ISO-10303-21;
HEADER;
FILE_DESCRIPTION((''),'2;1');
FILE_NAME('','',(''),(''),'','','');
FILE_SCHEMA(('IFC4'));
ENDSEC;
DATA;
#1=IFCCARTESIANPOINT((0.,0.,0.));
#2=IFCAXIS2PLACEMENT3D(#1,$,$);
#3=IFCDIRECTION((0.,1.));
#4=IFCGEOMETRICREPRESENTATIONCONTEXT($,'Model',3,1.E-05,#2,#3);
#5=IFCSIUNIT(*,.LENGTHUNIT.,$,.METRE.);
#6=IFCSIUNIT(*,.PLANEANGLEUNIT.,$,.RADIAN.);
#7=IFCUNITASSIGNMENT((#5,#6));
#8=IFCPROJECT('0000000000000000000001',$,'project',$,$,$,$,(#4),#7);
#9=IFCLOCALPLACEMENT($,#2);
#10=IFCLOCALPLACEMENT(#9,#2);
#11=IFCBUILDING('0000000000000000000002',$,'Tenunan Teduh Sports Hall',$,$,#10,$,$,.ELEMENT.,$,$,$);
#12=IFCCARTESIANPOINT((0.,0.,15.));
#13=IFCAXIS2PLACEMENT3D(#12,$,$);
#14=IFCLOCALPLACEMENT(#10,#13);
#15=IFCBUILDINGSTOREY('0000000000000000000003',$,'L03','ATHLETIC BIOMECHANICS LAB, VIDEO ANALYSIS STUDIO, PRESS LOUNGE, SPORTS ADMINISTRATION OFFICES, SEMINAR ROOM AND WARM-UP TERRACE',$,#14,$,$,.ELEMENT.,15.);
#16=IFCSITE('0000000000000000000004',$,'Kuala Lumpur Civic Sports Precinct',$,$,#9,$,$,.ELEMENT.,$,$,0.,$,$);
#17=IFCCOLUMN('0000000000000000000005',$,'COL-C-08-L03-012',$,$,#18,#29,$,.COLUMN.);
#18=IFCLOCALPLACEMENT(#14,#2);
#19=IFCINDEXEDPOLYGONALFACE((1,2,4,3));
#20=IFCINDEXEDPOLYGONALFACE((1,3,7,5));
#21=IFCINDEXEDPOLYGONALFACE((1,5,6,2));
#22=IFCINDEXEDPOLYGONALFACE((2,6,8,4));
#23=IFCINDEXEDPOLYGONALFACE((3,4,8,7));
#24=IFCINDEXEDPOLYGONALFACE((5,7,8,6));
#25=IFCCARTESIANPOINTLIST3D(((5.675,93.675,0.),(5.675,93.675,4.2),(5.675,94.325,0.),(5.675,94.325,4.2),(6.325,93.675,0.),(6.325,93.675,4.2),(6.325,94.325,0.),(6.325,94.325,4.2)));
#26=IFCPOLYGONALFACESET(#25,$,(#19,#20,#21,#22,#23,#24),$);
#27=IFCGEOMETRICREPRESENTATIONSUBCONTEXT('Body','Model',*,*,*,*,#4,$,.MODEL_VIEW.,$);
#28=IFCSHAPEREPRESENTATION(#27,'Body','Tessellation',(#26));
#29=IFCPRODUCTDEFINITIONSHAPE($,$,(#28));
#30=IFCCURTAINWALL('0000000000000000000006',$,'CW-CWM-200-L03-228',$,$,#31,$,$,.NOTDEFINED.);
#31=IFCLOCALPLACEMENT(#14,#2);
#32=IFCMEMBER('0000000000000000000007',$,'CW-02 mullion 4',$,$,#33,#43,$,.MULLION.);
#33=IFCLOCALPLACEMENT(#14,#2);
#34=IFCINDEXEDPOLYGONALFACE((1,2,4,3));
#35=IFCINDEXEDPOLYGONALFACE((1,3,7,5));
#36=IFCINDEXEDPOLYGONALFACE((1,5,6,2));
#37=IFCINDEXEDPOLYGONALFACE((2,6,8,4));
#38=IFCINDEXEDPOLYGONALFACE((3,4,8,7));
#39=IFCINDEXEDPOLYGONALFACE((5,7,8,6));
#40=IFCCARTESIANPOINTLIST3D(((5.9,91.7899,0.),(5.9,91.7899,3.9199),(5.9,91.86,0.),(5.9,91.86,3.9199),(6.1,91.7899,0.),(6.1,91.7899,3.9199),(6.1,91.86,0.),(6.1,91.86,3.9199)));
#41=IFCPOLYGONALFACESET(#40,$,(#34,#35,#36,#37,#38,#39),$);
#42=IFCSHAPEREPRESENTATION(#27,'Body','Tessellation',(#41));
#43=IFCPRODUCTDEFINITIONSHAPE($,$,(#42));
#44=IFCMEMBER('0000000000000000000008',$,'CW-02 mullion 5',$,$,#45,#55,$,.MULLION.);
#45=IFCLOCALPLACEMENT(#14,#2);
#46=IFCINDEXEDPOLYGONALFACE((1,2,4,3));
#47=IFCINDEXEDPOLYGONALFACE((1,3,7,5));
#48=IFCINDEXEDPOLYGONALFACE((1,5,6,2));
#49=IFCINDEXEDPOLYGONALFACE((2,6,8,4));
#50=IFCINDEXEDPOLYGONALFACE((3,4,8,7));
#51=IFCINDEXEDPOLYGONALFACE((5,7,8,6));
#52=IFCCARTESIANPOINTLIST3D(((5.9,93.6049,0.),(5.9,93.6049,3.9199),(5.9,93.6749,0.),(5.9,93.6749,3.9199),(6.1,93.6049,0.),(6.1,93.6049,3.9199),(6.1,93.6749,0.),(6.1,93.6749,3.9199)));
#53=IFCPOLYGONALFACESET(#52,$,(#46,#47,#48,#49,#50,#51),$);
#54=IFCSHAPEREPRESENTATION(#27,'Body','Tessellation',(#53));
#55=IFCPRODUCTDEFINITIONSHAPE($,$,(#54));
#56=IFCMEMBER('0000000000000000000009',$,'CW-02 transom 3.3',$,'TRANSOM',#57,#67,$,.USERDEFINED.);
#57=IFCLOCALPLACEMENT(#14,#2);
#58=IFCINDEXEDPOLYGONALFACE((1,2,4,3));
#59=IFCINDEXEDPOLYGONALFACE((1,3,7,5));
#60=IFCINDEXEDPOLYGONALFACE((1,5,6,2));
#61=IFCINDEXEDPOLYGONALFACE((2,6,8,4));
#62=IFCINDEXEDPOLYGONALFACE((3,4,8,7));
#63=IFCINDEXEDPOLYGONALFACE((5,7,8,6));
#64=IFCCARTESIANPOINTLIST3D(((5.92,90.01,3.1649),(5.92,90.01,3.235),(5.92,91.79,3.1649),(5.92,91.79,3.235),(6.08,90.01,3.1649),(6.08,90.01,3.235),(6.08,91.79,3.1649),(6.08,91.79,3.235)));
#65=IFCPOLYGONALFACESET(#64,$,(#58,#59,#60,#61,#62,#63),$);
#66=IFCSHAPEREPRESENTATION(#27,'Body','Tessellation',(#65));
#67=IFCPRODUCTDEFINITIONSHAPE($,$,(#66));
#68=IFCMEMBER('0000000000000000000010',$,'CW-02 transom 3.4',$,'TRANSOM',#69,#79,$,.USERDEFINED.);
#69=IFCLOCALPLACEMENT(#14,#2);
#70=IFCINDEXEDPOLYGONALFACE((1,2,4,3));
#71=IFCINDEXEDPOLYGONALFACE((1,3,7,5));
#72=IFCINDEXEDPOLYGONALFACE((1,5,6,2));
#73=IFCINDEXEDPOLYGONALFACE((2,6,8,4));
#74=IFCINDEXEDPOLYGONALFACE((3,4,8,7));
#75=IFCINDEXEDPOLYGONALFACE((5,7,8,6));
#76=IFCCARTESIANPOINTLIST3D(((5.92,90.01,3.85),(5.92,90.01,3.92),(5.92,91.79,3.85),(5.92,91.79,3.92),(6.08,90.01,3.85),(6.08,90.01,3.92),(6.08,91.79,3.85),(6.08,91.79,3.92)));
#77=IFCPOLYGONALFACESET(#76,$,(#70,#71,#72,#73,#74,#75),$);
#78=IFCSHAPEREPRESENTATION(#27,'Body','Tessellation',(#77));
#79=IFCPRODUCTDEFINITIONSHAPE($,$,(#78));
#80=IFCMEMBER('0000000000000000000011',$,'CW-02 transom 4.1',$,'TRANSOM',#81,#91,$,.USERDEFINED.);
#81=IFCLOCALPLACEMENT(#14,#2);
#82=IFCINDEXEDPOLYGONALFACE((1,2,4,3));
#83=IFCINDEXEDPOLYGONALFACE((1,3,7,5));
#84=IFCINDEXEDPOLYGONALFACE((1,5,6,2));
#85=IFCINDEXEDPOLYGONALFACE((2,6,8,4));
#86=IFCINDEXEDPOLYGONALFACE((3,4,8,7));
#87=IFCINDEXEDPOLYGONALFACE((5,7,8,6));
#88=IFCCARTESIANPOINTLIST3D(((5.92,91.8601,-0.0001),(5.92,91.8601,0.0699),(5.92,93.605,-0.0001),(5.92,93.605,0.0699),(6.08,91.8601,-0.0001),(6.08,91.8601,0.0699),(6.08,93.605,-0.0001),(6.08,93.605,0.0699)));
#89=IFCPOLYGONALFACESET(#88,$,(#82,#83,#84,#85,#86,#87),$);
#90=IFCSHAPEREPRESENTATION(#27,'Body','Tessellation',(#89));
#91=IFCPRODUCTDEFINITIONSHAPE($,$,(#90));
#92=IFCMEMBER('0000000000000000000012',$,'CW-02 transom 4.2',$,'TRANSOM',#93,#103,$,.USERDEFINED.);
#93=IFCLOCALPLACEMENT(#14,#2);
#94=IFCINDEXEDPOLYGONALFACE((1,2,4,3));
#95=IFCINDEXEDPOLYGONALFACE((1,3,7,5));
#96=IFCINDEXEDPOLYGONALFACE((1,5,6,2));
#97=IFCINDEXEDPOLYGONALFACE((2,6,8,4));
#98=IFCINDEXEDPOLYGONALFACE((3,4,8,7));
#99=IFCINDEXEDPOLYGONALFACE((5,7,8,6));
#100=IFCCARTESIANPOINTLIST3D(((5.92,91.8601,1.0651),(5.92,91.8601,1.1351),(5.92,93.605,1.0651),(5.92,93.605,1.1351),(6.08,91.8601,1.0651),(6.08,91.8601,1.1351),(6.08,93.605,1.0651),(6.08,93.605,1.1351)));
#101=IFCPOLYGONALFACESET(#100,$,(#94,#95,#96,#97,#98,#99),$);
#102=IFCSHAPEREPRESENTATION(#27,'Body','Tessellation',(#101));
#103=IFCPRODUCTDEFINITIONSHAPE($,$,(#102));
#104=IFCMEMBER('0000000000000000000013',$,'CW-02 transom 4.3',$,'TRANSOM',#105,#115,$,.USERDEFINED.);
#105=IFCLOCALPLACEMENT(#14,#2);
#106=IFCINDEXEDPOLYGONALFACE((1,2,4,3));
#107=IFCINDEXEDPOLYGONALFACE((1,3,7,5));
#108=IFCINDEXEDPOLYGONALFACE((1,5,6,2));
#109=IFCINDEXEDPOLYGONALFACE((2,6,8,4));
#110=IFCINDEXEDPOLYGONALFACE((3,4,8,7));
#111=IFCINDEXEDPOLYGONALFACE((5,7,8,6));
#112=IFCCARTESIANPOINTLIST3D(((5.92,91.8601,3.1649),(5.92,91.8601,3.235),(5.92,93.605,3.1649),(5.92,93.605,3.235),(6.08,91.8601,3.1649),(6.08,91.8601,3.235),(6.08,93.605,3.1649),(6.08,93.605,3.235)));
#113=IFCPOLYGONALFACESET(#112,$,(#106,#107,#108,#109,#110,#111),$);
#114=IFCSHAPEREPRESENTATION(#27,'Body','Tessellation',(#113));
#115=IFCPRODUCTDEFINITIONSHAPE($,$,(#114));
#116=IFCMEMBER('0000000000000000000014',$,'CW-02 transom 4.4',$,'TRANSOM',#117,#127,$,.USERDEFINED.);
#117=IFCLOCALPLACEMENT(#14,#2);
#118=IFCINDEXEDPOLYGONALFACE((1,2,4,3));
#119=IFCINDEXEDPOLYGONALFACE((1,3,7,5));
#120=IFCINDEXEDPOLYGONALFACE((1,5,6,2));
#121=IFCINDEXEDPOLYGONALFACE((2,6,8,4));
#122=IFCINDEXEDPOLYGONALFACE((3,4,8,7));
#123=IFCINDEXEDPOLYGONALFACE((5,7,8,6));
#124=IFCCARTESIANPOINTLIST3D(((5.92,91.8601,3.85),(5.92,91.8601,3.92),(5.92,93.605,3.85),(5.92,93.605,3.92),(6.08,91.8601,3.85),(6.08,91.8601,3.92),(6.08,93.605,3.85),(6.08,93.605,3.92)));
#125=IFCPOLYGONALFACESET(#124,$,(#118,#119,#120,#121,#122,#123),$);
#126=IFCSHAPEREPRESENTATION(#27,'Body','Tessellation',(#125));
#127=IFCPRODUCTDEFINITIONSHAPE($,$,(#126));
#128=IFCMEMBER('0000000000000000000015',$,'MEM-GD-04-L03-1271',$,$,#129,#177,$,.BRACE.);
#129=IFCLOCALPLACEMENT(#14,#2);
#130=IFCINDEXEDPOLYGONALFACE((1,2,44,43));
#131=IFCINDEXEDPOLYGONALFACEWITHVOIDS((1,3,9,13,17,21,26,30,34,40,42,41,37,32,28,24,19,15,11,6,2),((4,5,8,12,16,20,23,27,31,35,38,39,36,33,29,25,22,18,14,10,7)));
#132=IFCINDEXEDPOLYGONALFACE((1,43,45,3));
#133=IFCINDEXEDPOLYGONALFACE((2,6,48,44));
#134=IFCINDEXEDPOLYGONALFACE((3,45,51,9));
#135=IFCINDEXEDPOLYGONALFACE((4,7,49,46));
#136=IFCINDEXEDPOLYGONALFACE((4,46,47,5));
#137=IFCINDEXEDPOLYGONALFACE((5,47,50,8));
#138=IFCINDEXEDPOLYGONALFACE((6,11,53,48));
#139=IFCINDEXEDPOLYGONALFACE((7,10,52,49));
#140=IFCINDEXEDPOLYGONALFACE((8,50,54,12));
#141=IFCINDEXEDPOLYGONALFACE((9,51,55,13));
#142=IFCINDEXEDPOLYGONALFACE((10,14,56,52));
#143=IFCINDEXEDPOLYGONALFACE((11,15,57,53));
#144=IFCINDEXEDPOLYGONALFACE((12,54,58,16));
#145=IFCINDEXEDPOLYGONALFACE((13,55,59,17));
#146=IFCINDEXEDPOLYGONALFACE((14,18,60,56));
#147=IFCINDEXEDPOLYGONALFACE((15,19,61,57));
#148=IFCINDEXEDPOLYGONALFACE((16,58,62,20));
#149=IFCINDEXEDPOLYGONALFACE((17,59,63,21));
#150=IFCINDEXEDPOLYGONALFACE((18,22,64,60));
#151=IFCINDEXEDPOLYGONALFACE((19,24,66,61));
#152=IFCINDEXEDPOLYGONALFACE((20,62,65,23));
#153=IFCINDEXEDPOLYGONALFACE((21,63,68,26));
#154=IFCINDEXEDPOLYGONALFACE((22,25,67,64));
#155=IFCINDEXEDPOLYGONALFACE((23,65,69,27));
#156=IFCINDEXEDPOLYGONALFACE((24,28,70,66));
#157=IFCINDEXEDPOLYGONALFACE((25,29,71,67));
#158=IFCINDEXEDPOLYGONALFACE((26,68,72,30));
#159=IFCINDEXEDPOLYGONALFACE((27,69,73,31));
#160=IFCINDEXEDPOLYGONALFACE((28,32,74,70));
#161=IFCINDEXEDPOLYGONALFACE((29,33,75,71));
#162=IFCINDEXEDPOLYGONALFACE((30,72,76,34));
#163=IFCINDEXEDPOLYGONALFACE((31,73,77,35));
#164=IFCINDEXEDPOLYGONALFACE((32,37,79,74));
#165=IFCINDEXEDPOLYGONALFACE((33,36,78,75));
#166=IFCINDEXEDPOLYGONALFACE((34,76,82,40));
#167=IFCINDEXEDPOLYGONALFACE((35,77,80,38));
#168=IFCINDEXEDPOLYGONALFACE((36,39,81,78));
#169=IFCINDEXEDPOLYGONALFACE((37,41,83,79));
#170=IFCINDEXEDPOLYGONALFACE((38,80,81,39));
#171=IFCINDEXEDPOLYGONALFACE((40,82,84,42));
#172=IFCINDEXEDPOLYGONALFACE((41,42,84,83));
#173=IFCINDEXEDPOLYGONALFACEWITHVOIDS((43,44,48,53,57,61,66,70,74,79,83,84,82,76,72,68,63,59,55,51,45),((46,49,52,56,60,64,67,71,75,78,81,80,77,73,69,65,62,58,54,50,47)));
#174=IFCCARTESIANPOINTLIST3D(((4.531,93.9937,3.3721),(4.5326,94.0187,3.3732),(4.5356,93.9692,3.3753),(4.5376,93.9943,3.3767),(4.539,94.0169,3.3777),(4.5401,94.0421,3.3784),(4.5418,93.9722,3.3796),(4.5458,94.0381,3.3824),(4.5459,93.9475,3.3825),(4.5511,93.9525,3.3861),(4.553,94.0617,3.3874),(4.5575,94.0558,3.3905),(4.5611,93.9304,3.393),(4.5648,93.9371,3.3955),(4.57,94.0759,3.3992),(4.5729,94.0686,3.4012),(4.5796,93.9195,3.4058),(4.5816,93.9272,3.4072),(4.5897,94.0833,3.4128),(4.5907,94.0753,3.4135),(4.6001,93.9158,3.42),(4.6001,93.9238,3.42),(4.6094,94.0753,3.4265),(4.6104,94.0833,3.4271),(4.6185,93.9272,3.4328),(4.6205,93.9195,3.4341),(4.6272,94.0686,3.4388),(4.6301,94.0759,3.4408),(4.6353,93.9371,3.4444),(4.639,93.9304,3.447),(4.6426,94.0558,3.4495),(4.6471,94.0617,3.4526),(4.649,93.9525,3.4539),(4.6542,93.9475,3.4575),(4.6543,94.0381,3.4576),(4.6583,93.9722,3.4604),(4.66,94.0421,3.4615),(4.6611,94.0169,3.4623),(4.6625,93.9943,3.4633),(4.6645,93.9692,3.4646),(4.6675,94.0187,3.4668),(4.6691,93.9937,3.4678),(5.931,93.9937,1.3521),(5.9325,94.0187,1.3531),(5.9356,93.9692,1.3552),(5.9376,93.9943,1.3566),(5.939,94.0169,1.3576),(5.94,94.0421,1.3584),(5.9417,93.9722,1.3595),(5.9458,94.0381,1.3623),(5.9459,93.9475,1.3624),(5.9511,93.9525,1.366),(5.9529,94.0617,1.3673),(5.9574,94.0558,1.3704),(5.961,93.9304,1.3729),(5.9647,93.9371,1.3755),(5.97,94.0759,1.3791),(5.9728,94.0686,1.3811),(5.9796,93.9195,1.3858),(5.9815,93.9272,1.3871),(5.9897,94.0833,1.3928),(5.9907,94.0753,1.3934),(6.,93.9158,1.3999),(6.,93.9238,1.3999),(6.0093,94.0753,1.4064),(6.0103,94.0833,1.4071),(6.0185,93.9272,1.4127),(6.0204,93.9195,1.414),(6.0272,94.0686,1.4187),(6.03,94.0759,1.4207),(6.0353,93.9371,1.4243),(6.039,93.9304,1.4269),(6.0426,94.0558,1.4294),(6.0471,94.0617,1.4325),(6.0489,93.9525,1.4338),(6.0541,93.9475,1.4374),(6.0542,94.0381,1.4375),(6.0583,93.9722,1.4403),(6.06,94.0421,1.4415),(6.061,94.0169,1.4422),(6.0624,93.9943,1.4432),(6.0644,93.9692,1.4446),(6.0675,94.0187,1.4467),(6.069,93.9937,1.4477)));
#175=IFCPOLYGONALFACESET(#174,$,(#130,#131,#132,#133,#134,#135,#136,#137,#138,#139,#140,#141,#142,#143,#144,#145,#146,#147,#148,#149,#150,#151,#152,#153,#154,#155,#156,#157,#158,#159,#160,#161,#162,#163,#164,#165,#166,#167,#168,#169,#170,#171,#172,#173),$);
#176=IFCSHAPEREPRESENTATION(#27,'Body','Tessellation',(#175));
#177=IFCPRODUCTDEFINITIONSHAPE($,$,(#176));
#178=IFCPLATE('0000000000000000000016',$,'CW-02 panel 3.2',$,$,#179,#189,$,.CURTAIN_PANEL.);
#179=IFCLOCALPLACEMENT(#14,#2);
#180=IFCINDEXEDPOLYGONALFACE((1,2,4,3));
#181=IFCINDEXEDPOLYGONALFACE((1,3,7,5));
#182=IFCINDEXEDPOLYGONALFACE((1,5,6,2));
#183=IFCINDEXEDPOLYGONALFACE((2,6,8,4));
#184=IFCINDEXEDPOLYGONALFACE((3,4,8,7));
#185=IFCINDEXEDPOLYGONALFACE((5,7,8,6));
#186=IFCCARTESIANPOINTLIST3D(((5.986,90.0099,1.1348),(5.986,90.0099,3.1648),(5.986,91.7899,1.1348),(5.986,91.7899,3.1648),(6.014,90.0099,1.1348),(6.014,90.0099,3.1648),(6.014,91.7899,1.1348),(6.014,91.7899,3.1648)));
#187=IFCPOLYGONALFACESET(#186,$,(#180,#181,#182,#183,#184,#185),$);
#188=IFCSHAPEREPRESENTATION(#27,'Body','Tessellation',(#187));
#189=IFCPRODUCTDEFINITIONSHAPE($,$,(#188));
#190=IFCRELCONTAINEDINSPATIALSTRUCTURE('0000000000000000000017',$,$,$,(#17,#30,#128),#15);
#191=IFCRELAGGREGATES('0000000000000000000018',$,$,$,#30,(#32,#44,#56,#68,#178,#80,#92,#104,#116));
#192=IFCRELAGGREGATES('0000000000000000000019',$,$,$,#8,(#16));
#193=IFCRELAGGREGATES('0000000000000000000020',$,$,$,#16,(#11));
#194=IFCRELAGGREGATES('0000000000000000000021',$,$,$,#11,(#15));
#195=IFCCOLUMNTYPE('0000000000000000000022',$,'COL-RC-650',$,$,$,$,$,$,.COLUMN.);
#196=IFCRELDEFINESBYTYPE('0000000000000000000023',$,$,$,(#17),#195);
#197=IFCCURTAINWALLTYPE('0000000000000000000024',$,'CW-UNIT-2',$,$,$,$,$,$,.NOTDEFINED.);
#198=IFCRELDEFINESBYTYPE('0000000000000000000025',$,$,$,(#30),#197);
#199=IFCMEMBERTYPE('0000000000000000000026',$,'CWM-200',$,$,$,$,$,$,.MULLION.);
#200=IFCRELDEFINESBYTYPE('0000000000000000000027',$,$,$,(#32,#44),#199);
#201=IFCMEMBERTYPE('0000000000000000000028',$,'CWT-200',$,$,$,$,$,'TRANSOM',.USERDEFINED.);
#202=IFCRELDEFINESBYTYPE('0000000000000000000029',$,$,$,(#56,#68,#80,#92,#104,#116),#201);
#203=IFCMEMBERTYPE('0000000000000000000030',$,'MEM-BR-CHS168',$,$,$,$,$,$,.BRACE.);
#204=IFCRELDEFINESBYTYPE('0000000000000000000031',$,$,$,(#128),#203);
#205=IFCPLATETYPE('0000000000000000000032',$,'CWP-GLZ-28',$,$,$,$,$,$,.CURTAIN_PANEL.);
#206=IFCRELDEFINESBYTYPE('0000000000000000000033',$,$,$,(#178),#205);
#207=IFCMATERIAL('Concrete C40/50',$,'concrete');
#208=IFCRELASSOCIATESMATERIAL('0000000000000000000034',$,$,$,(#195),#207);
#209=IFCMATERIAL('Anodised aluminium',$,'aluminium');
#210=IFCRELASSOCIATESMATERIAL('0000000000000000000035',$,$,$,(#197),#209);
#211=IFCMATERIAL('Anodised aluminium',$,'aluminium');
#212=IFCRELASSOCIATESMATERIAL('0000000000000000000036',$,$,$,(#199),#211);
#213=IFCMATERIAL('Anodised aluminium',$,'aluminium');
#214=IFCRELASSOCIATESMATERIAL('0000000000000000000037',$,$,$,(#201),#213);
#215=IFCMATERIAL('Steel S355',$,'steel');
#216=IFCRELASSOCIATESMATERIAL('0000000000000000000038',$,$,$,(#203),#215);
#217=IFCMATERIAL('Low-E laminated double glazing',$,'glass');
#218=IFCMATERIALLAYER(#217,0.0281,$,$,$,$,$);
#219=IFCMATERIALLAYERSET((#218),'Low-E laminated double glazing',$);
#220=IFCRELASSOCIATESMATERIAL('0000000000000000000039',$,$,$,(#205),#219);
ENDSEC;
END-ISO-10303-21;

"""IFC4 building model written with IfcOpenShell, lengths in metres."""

from ifc_helpers import new_model, si_unit, direction, frame, origin, origin_2d, place, context, subcontext, project, spatial, rectangle, hollow_circle, extrude, material, layer, layer_set, material_profile, profile_set, type_object, element, aggregate, save


model = new_model("IFC4")

# Units and contexts
model_context = context("Model", 3, precision=1e-05, world=origin(), true_north=direction((0.0, 1.0)))
body_context = subcontext(model_context, "Body", "Model", "MODEL_VIEW")
ifc_project = project(units=[si_unit("LENGTHUNIT", "METRE"), si_unit("PLANEANGLEUNIT", "RADIAN")], contexts=[model_context])

# Site, building, storey
site_placement = place(None, origin())
site = spatial("IfcSite", under=ifc_project, at=site_placement, Name="Kuala Lumpur Civic Sports Precinct", CompositionType="ELEMENT", RefElevation=0.0)
building_placement = place(site_placement, origin())
building = spatial("IfcBuilding", under=site, at=building_placement, Name="Tenunan Teduh Sports Hall", CompositionType="ELEMENT")
storey_placement = place(building_placement, frame((0.0, 0.0, 15.0)))
storey = spatial("IfcBuildingStorey", under=building, at=storey_placement, Name="L03", Description="ATHLETIC BIOMECHANICS LAB, VIDEO ANALYSIS STUDIO, PRESS LOUNGE, SPORTS ADMINISTRATION OFFICES, SEMINAR ROOM AND WARM-UP TERRACE", CompositionType="ELEMENT", Elevation=15.0)

# Column
ifc_material_1 = material(Name="Concrete C40/50", Category="concrete")
ifc_material_profile_1 = material_profile(ifc_material_1, rectangle(XDim=0.6499, YDim=0.6499, at=origin_2d()), Name="RC 650x650")
ifc_profile_set_1 = profile_set([ifc_material_profile_1], Name="Concrete C40/50")
column_type = type_object("IfcColumnType", Name="COL-RC-650", PredefinedType="COLUMN", material=ifc_profile_set_1)
column_placement = place(storey_placement, frame((6.0, 94.0, 0.0), z_axis=(0.0, 0.0, 1.0), x_axis=(1.0, 0.0, 0.0)))
element("IfcColumn", 1, at=column_placement, inside=storey, type_object=column_type, Name="COL-C-08-L03-012", PredefinedType="COLUMN", context=body_context, shape_type="SweptSolid", body=[
    extrude(rectangle(XDim=0.6499, YDim=0.6499, at=origin_2d()), origin(), (0.0, 0.0, 1.0), 4.2),
])

# Curtain wall, members
ifc_material_2 = material(Name="Anodised aluminium", Category="aluminium")
curtain_wall_type = type_object("IfcCurtainWallType", Name="CW-UNIT-2", PredefinedType="NOTDEFINED", material=ifc_material_2)
curtain_wall_placement = place(storey_placement, origin())
curtain_wall = element("IfcCurtainWall", 2, at=curtain_wall_placement, inside=storey, type_object=curtain_wall_type, Name="CW-CWM-200-L03-228", PredefinedType="NOTDEFINED")
ifc_material_3 = material(Name="Anodised aluminium", Category="aluminium")
ifc_material_profile_2 = material_profile(ifc_material_3, rectangle(XDim=0.0701, YDim=0.2, at=origin_2d()), Name="CWM 70x200")
ifc_profile_set_2 = profile_set([ifc_material_profile_2], Name="Anodised aluminium")
member_type_1 = type_object("IfcMemberType", Name="CWM-200", PredefinedType="MULLION", material=ifc_profile_set_2)
member_1_placement = place(storey_placement, frame((6.0, 91.825, 0.0), z_axis=(0.0, 0.0, 1.0), x_axis=(0.0, 1.0, 0.0)))
member_1 = element("IfcMember", 3, at=member_1_placement, type_object=member_type_1, Name="CW-02 mullion 4", PredefinedType="MULLION", context=body_context, shape_type="SweptSolid", body=[
    extrude(rectangle(XDim=0.0701, YDim=0.2, at=origin_2d()), origin(), (0.0, 0.0, 1.0), 3.9199),
])
member_2_placement = place(storey_placement, frame((6.0, 93.6399, 0.0), z_axis=(0.0, 0.0, 1.0), x_axis=(0.0, 1.0, 0.0)))
member_2 = element("IfcMember", 4, at=member_2_placement, type_object=member_type_1, Name="CW-02 mullion 5", PredefinedType="MULLION", context=body_context, shape_type="SweptSolid", body=[
    extrude(rectangle(XDim=0.0701, YDim=0.2, at=origin_2d()), origin(), (0.0, 0.0, 1.0), 3.9199),
])
ifc_material_4 = material(Name="Anodised aluminium", Category="aluminium")
ifc_material_profile_3 = material_profile(ifc_material_4, rectangle(XDim=0.0701, YDim=0.1599, at=origin_2d()), Name="CWT 70x160")
ifc_profile_set_3 = profile_set([ifc_material_profile_3], Name="Anodised aluminium")
member_type_2 = type_object("IfcMemberType", Name="CWT-200", ElementType="TRANSOM", PredefinedType="USERDEFINED", material=ifc_profile_set_3)
member_3_placement = place(storey_placement, frame((6.0, 90.01, 3.2), z_axis=(0.0, 1.0, 0.0), x_axis=(0.0, 0.0, 1.0)))
member_3 = element("IfcMember", 5, at=member_3_placement, type_object=member_type_2, Name="CW-02 transom 3.3", ObjectType="TRANSOM", PredefinedType="USERDEFINED", context=body_context, shape_type="SweptSolid", body=[
    extrude(rectangle(XDim=0.0701, YDim=0.1599, at=origin_2d()), origin(), (0.0, 0.0, 1.0), 1.78),
])
member_4_placement = place(storey_placement, frame((6.0, 90.01, 3.885), z_axis=(0.0, 1.0, 0.0), x_axis=(0.0, 0.0, 1.0)))
member_4 = element("IfcMember", 6, at=member_4_placement, type_object=member_type_2, Name="CW-02 transom 3.4", ObjectType="TRANSOM", PredefinedType="USERDEFINED", context=body_context, shape_type="SweptSolid", body=[
    extrude(rectangle(XDim=0.0701, YDim=0.1599, at=origin_2d()), origin(), (0.0, 0.0, 1.0), 1.78),
])
member_5_placement = place(storey_placement, frame((6.0, 91.8601, 0.0349), z_axis=(0.0, 1.0, 0.0), x_axis=(0.0, 0.0, 1.0)))
member_5 = element("IfcMember", 7, at=member_5_placement, type_object=member_type_2, Name="CW-02 transom 4.1", ObjectType="TRANSOM", PredefinedType="USERDEFINED", context=body_context, shape_type="SweptSolid", body=[
    extrude(rectangle(XDim=0.0701, YDim=0.1599, at=origin_2d()), origin(), (0.0, 0.0, 1.0), 1.7449),
])
member_6_placement = place(storey_placement, frame((6.0, 91.8601, 1.1001), z_axis=(0.0, 1.0, 0.0), x_axis=(0.0, 0.0, 1.0)))
member_6 = element("IfcMember", 8, at=member_6_placement, type_object=member_type_2, Name="CW-02 transom 4.2", ObjectType="TRANSOM", PredefinedType="USERDEFINED", context=body_context, shape_type="SweptSolid", body=[
    extrude(rectangle(XDim=0.0701, YDim=0.1599, at=origin_2d()), origin(), (0.0, 0.0, 1.0), 1.7449),
])
member_7_placement = place(storey_placement, frame((6.0, 91.8601, 3.2), z_axis=(0.0, 1.0, 0.0), x_axis=(0.0, 0.0, 1.0)))
member_7 = element("IfcMember", 9, at=member_7_placement, type_object=member_type_2, Name="CW-02 transom 4.3", ObjectType="TRANSOM", PredefinedType="USERDEFINED", context=body_context, shape_type="SweptSolid", body=[
    extrude(rectangle(XDim=0.0701, YDim=0.1599, at=origin_2d()), origin(), (0.0, 0.0, 1.0), 1.7449),
])
member_8_placement = place(storey_placement, frame((6.0, 91.8601, 3.885), z_axis=(0.0, 1.0, 0.0), x_axis=(0.0, 0.0, 1.0)))
member_8 = element("IfcMember", 10, at=member_8_placement, type_object=member_type_2, Name="CW-02 transom 4.4", ObjectType="TRANSOM", PredefinedType="USERDEFINED", context=body_context, shape_type="SweptSolid", body=[
    extrude(rectangle(XDim=0.0701, YDim=0.1599, at=origin_2d()), origin(), (0.0, 0.0, 1.0), 1.7449),
])

# Member
ifc_material_5 = material(Name="Steel S355", Category="steel")
ifc_material_profile_4 = material_profile(ifc_material_5, hollow_circle(Radius=0.0842, WallThickness=0.0081, at=origin_2d()), Name="CHS 168.3x8.0")
ifc_profile_set_4 = profile_set([ifc_material_profile_4], Name="Steel S355")
member_type_3 = type_object("IfcMemberType", Name="MEM-BR-CHS168", PredefinedType="BRACE", material=ifc_profile_set_4)
member_9_placement = place(storey_placement, frame((6.0, 94.0, 1.3999), z_axis=(-0.569602, 0.0, 0.82192), x_axis=(0.0, -1.0, 0.0)))
element("IfcMember", 11, at=member_9_placement, inside=storey, type_object=member_type_3, Name="MEM-GD-04-L03-1271", PredefinedType="BRACE", context=body_context, shape_type="SweptSolid", body=[
    extrude(hollow_circle(Radius=0.0842, WallThickness=0.0081, at=origin_2d()), origin(), (0.0, 0.0, 1.0), 2.4578),
])

# Plate
ifc_material_6 = material(Name="Low-E laminated double glazing", Category="glass")
ifc_layer_1 = layer(ifc_material_6, 0.0281)
ifc_layer_set_1 = layer_set([ifc_layer_1], Name="Low-E laminated double glazing")
plate_type_1 = type_object("IfcPlateType", Name="CWP-GLZ-28", PredefinedType="CURTAIN_PANEL", material=ifc_layer_set_1)
plate_1_placement = place(storey_placement, frame((6.0, 90.8999, 1.1348), z_axis=(0.0, 0.0, 1.0), x_axis=(0.0, 1.0, 0.0)))
plate_1 = element("IfcPlate", 12, at=plate_1_placement, type_object=plate_type_1, Name="CW-02 panel 3.2", PredefinedType="CURTAIN_PANEL", context=body_context, shape_type="SweptSolid", body=[
    extrude(rectangle(XDim=1.78, YDim=0.0281, at=origin_2d()), origin(), (0.0, 0.0, 1.0), 2.03),
])
aggregate(curtain_wall, [member_1, member_2, member_3, member_4, plate_1, member_5, member_6, member_7, member_8])

save(model, "model.ifc")
